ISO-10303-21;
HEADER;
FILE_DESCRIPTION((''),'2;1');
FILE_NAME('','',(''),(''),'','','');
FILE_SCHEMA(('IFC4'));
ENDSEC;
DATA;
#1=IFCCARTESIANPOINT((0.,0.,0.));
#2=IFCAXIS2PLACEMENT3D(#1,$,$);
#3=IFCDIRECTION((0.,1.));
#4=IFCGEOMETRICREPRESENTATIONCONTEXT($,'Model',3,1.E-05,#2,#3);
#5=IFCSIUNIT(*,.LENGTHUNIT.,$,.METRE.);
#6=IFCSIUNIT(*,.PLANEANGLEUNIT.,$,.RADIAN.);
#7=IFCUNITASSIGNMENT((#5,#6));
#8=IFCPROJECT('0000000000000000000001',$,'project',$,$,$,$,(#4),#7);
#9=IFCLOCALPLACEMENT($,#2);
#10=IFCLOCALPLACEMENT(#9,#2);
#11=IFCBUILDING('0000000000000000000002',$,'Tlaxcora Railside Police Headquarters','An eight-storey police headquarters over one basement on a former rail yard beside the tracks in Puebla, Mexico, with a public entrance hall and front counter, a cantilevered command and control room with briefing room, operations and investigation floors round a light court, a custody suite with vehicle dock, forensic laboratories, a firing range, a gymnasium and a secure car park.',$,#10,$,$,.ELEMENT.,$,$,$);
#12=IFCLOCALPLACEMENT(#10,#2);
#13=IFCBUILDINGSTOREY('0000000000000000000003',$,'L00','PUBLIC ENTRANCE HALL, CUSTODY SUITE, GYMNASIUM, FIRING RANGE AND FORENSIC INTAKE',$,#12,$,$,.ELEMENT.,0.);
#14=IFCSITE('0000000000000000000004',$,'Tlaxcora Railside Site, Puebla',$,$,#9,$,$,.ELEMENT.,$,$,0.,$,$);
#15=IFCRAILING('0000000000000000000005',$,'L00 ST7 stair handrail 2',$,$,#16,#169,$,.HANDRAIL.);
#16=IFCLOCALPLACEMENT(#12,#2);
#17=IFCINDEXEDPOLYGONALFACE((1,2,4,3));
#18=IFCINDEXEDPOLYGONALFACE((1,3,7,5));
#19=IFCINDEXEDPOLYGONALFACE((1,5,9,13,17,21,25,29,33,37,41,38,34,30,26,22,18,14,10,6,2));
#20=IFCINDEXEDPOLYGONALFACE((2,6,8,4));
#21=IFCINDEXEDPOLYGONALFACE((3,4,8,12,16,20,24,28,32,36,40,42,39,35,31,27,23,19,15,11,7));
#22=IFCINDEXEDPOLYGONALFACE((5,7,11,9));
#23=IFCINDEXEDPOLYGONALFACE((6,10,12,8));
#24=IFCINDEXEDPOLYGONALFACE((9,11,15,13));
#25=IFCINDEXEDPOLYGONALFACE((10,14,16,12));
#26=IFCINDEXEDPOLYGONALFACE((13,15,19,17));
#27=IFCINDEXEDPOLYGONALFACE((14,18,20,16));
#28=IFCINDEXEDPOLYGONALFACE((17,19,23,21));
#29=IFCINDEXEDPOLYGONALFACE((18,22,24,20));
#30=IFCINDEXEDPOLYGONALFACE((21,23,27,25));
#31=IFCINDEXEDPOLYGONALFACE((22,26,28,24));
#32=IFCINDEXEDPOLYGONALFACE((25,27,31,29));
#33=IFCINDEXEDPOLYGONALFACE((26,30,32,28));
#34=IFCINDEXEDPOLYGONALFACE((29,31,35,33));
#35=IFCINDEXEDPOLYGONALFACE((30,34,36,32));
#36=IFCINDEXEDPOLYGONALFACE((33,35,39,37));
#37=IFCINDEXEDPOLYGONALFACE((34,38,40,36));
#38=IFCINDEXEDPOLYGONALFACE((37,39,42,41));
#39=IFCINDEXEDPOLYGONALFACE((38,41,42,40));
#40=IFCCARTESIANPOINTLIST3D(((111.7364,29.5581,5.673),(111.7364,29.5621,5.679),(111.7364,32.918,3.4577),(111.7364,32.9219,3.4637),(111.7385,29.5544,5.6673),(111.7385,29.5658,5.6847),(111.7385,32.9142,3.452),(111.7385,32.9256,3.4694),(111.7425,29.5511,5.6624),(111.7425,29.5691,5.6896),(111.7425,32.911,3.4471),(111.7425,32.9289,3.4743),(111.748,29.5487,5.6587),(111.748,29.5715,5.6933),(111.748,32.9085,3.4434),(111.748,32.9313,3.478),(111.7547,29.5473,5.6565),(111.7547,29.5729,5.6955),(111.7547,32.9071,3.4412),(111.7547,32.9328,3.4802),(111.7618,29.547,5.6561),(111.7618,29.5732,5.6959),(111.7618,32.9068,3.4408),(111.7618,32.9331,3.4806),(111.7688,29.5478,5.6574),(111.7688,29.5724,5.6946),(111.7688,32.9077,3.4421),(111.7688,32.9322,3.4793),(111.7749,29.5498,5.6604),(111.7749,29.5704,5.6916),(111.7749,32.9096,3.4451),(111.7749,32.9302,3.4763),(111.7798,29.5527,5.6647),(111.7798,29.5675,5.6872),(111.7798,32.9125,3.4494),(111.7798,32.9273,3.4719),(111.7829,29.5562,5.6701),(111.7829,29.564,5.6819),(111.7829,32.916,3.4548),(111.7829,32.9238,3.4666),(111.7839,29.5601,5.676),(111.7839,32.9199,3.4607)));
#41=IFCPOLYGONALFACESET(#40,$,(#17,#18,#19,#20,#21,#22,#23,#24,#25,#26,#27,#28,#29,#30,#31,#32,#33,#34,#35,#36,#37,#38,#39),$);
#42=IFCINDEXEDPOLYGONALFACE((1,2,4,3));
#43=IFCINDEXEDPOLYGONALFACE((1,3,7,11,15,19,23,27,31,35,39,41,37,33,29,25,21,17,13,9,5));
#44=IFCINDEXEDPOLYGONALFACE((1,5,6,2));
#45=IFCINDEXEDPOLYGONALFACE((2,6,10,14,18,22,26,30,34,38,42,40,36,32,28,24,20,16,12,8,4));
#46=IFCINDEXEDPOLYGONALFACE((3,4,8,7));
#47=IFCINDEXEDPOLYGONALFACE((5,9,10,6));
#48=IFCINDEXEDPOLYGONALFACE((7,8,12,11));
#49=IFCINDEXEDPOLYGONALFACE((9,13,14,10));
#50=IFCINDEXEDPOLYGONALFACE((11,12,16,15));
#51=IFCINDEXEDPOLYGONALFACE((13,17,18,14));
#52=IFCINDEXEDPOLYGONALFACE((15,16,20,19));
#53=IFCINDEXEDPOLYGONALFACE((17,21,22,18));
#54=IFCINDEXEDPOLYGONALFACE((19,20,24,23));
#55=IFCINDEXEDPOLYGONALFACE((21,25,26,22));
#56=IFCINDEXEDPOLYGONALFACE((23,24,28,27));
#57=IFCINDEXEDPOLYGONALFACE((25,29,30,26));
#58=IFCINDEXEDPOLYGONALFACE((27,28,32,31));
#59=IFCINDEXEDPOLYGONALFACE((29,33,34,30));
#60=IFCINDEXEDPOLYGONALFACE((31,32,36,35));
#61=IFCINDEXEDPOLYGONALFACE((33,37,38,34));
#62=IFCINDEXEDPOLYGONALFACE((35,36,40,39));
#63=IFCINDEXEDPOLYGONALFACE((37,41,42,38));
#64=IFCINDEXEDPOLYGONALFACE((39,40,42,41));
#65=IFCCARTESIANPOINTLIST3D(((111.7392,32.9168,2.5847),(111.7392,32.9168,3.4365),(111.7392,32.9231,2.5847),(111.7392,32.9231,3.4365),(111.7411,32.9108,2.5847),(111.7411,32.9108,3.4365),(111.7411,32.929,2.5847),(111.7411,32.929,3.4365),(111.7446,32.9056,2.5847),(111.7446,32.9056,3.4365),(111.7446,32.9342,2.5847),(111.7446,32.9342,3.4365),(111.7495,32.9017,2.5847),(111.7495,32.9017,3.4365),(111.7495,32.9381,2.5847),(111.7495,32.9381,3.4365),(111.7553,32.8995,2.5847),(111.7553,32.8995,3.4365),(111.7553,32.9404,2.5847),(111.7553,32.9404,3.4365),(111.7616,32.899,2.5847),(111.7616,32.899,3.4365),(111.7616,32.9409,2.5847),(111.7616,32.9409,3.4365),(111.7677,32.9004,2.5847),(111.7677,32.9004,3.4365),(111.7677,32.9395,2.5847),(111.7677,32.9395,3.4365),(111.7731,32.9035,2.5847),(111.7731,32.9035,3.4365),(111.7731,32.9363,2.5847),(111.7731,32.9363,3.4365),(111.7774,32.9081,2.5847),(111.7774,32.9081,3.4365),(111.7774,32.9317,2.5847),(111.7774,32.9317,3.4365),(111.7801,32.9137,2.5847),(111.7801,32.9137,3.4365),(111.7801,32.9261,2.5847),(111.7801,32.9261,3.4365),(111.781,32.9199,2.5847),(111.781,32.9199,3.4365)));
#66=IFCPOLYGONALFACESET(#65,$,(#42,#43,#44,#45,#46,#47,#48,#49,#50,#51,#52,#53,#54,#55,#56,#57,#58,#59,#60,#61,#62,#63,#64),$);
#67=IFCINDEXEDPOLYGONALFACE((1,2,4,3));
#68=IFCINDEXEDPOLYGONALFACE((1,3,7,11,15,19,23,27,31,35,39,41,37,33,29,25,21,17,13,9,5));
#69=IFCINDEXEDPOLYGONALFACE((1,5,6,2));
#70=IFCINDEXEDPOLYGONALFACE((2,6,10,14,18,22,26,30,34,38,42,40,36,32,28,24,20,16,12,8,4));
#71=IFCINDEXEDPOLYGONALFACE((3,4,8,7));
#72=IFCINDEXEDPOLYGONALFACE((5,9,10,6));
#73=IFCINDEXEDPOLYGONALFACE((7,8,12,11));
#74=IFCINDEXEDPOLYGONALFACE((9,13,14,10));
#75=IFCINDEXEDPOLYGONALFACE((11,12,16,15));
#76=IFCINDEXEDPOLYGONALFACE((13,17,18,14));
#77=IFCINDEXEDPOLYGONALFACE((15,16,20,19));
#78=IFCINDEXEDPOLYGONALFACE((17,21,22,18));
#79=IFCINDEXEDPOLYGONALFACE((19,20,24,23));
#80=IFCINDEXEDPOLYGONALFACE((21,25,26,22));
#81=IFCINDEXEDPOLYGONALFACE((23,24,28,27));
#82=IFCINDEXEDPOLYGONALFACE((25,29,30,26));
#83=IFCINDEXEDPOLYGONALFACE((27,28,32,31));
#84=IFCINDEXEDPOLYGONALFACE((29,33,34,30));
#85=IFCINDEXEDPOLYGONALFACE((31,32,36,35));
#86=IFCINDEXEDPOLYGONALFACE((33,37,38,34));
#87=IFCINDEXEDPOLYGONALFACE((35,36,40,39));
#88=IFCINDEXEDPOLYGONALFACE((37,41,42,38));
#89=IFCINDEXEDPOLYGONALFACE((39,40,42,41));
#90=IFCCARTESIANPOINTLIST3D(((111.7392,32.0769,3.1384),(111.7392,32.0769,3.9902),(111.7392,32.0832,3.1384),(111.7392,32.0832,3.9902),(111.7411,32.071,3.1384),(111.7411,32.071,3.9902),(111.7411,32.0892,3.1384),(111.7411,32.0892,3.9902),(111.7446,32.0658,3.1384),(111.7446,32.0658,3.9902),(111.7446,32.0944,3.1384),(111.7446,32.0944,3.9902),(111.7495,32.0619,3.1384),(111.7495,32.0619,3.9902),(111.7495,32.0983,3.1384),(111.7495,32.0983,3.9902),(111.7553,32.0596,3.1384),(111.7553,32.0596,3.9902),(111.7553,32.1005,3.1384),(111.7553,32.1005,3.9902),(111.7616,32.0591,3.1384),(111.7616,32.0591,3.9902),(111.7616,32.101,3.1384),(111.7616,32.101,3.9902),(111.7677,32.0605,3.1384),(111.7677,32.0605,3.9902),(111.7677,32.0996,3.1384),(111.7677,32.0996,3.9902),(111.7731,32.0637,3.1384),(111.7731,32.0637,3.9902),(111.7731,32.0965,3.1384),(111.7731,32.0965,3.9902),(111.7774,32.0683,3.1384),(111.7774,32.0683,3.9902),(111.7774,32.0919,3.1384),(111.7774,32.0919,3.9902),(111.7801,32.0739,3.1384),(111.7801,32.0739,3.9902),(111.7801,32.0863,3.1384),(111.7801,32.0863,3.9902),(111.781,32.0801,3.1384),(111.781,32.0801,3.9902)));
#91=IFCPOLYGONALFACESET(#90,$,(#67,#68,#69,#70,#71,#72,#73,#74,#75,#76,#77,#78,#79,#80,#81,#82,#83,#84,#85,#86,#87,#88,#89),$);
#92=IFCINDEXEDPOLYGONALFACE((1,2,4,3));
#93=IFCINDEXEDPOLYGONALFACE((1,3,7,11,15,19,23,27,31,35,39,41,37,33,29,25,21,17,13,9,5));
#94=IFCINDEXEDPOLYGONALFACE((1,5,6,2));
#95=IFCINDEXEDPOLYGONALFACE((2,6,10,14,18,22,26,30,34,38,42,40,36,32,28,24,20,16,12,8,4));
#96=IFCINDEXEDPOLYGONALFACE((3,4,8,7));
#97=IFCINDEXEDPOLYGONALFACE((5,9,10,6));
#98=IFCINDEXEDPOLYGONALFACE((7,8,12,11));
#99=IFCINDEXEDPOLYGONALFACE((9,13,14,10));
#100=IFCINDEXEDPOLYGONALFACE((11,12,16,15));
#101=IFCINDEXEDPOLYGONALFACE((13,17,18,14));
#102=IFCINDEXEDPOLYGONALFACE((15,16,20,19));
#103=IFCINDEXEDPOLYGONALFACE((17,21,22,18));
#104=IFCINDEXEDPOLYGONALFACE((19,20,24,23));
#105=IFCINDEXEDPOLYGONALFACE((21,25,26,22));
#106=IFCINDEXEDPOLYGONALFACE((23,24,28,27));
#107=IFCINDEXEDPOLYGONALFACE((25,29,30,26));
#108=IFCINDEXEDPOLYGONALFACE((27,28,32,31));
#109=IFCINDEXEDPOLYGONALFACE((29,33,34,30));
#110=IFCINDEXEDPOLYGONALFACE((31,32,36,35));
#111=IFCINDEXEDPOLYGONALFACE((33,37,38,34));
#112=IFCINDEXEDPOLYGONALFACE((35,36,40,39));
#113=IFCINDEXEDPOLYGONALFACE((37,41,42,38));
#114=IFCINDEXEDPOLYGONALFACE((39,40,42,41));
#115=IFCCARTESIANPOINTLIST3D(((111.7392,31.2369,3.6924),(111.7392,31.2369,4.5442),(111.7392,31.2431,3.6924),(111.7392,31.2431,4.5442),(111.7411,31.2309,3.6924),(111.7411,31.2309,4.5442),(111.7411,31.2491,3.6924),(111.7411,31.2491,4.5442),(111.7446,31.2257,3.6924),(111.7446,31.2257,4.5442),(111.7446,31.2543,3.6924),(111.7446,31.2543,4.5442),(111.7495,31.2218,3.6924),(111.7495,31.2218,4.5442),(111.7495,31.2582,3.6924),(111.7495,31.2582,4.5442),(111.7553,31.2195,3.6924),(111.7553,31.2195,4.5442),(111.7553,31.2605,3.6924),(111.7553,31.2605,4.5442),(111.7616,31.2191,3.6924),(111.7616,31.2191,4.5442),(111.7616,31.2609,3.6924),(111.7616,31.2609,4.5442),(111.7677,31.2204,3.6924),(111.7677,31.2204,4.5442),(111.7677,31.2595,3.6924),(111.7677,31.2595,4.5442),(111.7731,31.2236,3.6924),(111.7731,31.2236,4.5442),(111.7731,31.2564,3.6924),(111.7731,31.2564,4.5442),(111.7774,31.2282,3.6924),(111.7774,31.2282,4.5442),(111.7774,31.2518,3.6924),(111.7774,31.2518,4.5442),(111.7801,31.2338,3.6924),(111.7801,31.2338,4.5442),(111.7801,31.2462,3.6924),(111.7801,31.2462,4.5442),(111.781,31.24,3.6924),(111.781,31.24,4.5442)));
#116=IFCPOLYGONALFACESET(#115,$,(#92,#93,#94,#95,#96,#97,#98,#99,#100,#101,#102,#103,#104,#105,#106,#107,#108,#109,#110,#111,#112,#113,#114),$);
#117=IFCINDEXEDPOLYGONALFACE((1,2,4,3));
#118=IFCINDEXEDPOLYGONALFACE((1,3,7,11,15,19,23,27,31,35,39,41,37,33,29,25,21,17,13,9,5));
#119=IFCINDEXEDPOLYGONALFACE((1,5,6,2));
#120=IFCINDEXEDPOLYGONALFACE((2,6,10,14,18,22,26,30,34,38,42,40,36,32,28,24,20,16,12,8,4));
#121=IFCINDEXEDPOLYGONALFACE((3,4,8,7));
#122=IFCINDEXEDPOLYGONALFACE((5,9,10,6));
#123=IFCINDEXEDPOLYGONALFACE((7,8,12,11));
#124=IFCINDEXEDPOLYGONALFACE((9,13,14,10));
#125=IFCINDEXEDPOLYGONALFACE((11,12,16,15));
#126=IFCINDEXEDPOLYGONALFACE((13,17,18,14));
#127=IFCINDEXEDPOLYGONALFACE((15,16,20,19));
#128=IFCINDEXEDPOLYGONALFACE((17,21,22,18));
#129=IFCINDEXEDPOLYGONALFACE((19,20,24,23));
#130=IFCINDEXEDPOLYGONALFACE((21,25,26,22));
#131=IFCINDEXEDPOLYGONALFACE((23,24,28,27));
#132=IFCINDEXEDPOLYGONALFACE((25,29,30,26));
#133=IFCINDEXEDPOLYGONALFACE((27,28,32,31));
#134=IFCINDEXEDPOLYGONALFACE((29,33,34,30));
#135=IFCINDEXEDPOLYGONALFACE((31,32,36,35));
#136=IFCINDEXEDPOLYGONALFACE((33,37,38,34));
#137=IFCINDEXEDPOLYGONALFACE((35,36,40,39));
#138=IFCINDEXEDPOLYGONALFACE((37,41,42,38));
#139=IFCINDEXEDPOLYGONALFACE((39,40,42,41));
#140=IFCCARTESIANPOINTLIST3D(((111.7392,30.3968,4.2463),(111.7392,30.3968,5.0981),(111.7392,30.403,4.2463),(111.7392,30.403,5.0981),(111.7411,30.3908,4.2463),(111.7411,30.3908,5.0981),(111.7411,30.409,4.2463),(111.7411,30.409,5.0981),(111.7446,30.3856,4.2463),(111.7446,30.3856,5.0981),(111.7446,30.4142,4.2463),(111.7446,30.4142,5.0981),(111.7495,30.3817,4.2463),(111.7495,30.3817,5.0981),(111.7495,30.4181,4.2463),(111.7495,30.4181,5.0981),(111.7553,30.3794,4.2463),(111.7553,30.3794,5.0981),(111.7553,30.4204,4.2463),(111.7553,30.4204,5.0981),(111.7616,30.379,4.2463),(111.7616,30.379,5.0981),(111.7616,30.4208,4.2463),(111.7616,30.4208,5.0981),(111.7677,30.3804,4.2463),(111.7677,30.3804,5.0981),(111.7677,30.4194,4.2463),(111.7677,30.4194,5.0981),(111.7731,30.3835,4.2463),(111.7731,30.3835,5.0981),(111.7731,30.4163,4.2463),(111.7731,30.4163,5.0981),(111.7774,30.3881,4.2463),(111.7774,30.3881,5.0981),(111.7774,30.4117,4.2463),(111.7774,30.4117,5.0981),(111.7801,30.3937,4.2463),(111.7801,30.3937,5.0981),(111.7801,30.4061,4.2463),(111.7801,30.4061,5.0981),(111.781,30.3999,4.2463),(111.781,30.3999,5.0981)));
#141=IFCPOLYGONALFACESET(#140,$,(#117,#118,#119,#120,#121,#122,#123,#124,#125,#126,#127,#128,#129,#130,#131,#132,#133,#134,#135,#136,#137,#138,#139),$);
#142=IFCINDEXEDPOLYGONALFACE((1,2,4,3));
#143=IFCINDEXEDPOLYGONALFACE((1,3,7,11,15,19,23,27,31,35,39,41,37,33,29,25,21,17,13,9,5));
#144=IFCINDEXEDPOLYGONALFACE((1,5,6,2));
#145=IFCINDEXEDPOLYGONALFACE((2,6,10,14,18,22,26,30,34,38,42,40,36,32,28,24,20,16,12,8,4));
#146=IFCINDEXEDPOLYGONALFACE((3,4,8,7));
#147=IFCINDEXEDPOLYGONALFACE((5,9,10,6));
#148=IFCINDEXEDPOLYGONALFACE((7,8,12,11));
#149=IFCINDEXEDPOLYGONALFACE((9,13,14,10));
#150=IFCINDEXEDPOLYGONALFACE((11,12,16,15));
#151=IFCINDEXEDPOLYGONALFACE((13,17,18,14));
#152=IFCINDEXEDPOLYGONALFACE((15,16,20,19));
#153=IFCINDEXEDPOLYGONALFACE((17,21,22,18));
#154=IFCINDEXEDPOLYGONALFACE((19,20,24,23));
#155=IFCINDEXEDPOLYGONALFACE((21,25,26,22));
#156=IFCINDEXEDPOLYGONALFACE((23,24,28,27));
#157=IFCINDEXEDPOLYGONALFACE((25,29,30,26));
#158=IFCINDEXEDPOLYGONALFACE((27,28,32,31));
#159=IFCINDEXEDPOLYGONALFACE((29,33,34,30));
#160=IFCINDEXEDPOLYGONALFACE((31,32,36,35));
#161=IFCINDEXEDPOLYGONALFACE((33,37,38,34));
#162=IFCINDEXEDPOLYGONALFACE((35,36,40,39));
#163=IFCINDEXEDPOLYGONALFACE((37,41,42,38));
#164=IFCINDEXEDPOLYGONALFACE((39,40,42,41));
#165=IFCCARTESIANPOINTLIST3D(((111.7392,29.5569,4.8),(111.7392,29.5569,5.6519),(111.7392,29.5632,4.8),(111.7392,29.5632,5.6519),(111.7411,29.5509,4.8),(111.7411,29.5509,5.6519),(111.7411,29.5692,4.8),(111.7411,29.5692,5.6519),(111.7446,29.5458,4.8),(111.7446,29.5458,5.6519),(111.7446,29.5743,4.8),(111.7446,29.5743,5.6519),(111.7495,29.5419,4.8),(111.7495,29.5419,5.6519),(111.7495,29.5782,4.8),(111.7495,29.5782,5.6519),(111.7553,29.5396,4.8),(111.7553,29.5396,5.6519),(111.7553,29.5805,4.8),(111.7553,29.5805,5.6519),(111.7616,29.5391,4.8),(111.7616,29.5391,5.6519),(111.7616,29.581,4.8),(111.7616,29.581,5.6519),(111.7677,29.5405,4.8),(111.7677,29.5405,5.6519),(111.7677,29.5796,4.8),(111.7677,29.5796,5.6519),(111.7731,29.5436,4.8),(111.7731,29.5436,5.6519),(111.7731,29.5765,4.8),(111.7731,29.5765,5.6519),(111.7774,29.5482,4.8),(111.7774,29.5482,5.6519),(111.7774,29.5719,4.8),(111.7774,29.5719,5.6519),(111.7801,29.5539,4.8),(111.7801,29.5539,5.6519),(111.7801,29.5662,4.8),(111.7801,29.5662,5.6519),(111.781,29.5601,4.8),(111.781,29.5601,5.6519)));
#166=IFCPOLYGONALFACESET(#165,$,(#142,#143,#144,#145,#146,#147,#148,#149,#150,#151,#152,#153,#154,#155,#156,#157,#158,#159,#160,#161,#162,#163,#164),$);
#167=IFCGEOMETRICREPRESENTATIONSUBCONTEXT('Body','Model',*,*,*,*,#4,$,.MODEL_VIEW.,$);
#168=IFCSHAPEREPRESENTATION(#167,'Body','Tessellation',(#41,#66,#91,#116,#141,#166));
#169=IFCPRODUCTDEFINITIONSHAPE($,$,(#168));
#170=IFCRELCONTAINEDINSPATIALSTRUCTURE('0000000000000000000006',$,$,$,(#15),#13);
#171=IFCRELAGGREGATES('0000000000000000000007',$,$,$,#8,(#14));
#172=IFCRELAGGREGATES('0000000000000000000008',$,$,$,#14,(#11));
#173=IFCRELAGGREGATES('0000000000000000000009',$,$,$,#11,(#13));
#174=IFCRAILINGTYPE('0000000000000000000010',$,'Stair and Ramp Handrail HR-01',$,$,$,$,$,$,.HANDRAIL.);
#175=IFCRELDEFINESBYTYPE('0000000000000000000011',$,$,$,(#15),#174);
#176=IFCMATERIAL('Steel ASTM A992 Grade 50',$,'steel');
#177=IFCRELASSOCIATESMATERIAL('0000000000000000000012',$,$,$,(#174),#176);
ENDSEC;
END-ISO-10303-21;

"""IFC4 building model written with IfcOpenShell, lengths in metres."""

from ifc_helpers import new_model, si_unit, direction, frame, origin, origin_2d, place, context, subcontext, project, spatial, circle, extrude, material, type_object, element, save


model = new_model("IFC4")

# Units and contexts
model_context = context("Model", 3, precision=1e-05, world=origin(), true_north=direction((0.0, 1.0)))
body_context = subcontext(model_context, "Body", "Model", "MODEL_VIEW")
ifc_project = project(units=[si_unit("LENGTHUNIT", "METRE"), si_unit("PLANEANGLEUNIT", "RADIAN")], contexts=[model_context])

# Site, building, storey
site_placement = place(None, origin())
site = spatial("IfcSite", under=ifc_project, at=site_placement, Name="Tlaxcora Railside Site, Puebla", CompositionType="ELEMENT", RefElevation=0.0)
building_placement = place(site_placement, origin())
building = spatial("IfcBuilding", under=site, at=building_placement, Name="Tlaxcora Railside Police Headquarters", Description="An eight-storey police headquarters over one basement on a former rail yard beside the tracks in Puebla, Mexico, with a public entrance hall and front counter, a cantilevered command and control room with briefing room, operations and investigation floors round a light court, a custody suite with vehicle dock, forensic laboratories, a firing range, a gymnasium and a secure car park.", CompositionType="ELEMENT")
storey_placement = place(building_placement, origin())
storey = spatial("IfcBuildingStorey", under=building, at=storey_placement, Name="L00", Description="PUBLIC ENTRANCE HALL, CUSTODY SUITE, GYMNASIUM, FIRING RANGE AND FORENSIC INTAKE", CompositionType="ELEMENT", Elevation=0.0)

# Shared definitions
ifc_material_1 = material(Name="Steel ASTM A992 Grade 50", Category="steel")

# Railing
railing_type_1 = type_object("IfcRailingType", Name="Stair and Ramp Handrail HR-01", PredefinedType="HANDRAIL", material=ifc_material_1)
railing_1_placement = place(storey_placement, frame((111.76, 32.9199, 2.5847)))
element("IfcRailing", 1, at=railing_1_placement, inside=storey, type_object=railing_type_1, Name="L00 ST7 stair handrail 2", PredefinedType="HANDRAIL", context=body_context, shape_type="SweptSolid", body=[
    extrude(circle(Radius=0.0239, at=origin_2d()), frame((0.0, 0.0, 0.876), z_axis=(0.0, -0.834858, 0.550465), x_axis=(1.0, 0.0, 0.0)), (0.0, 0.0, 1.0), 4.0244),
    extrude(circle(Radius=0.021, at=origin_2d()), origin(), (0.0, 0.0, 1.0), 0.8518),
    extrude(circle(Radius=0.021, at=origin_2d()), frame((0.0, -0.8398, 0.5537)), (0.0, 0.0, 1.0), 0.8518),
    extrude(circle(Radius=0.021, at=origin_2d()), frame((0.0, -1.6799, 1.1077)), (0.0, 0.0, 1.0), 0.8518),
    extrude(circle(Radius=0.021, at=origin_2d()), frame((0.0, -2.52, 1.6616)), (0.0, 0.0, 1.0), 0.8518),
    extrude(circle(Radius=0.021, at=origin_2d()), frame((0.0, -3.3599, 2.2153)), (0.0, 0.0, 1.0), 0.8518),
])

save(model, "model.ifc")
